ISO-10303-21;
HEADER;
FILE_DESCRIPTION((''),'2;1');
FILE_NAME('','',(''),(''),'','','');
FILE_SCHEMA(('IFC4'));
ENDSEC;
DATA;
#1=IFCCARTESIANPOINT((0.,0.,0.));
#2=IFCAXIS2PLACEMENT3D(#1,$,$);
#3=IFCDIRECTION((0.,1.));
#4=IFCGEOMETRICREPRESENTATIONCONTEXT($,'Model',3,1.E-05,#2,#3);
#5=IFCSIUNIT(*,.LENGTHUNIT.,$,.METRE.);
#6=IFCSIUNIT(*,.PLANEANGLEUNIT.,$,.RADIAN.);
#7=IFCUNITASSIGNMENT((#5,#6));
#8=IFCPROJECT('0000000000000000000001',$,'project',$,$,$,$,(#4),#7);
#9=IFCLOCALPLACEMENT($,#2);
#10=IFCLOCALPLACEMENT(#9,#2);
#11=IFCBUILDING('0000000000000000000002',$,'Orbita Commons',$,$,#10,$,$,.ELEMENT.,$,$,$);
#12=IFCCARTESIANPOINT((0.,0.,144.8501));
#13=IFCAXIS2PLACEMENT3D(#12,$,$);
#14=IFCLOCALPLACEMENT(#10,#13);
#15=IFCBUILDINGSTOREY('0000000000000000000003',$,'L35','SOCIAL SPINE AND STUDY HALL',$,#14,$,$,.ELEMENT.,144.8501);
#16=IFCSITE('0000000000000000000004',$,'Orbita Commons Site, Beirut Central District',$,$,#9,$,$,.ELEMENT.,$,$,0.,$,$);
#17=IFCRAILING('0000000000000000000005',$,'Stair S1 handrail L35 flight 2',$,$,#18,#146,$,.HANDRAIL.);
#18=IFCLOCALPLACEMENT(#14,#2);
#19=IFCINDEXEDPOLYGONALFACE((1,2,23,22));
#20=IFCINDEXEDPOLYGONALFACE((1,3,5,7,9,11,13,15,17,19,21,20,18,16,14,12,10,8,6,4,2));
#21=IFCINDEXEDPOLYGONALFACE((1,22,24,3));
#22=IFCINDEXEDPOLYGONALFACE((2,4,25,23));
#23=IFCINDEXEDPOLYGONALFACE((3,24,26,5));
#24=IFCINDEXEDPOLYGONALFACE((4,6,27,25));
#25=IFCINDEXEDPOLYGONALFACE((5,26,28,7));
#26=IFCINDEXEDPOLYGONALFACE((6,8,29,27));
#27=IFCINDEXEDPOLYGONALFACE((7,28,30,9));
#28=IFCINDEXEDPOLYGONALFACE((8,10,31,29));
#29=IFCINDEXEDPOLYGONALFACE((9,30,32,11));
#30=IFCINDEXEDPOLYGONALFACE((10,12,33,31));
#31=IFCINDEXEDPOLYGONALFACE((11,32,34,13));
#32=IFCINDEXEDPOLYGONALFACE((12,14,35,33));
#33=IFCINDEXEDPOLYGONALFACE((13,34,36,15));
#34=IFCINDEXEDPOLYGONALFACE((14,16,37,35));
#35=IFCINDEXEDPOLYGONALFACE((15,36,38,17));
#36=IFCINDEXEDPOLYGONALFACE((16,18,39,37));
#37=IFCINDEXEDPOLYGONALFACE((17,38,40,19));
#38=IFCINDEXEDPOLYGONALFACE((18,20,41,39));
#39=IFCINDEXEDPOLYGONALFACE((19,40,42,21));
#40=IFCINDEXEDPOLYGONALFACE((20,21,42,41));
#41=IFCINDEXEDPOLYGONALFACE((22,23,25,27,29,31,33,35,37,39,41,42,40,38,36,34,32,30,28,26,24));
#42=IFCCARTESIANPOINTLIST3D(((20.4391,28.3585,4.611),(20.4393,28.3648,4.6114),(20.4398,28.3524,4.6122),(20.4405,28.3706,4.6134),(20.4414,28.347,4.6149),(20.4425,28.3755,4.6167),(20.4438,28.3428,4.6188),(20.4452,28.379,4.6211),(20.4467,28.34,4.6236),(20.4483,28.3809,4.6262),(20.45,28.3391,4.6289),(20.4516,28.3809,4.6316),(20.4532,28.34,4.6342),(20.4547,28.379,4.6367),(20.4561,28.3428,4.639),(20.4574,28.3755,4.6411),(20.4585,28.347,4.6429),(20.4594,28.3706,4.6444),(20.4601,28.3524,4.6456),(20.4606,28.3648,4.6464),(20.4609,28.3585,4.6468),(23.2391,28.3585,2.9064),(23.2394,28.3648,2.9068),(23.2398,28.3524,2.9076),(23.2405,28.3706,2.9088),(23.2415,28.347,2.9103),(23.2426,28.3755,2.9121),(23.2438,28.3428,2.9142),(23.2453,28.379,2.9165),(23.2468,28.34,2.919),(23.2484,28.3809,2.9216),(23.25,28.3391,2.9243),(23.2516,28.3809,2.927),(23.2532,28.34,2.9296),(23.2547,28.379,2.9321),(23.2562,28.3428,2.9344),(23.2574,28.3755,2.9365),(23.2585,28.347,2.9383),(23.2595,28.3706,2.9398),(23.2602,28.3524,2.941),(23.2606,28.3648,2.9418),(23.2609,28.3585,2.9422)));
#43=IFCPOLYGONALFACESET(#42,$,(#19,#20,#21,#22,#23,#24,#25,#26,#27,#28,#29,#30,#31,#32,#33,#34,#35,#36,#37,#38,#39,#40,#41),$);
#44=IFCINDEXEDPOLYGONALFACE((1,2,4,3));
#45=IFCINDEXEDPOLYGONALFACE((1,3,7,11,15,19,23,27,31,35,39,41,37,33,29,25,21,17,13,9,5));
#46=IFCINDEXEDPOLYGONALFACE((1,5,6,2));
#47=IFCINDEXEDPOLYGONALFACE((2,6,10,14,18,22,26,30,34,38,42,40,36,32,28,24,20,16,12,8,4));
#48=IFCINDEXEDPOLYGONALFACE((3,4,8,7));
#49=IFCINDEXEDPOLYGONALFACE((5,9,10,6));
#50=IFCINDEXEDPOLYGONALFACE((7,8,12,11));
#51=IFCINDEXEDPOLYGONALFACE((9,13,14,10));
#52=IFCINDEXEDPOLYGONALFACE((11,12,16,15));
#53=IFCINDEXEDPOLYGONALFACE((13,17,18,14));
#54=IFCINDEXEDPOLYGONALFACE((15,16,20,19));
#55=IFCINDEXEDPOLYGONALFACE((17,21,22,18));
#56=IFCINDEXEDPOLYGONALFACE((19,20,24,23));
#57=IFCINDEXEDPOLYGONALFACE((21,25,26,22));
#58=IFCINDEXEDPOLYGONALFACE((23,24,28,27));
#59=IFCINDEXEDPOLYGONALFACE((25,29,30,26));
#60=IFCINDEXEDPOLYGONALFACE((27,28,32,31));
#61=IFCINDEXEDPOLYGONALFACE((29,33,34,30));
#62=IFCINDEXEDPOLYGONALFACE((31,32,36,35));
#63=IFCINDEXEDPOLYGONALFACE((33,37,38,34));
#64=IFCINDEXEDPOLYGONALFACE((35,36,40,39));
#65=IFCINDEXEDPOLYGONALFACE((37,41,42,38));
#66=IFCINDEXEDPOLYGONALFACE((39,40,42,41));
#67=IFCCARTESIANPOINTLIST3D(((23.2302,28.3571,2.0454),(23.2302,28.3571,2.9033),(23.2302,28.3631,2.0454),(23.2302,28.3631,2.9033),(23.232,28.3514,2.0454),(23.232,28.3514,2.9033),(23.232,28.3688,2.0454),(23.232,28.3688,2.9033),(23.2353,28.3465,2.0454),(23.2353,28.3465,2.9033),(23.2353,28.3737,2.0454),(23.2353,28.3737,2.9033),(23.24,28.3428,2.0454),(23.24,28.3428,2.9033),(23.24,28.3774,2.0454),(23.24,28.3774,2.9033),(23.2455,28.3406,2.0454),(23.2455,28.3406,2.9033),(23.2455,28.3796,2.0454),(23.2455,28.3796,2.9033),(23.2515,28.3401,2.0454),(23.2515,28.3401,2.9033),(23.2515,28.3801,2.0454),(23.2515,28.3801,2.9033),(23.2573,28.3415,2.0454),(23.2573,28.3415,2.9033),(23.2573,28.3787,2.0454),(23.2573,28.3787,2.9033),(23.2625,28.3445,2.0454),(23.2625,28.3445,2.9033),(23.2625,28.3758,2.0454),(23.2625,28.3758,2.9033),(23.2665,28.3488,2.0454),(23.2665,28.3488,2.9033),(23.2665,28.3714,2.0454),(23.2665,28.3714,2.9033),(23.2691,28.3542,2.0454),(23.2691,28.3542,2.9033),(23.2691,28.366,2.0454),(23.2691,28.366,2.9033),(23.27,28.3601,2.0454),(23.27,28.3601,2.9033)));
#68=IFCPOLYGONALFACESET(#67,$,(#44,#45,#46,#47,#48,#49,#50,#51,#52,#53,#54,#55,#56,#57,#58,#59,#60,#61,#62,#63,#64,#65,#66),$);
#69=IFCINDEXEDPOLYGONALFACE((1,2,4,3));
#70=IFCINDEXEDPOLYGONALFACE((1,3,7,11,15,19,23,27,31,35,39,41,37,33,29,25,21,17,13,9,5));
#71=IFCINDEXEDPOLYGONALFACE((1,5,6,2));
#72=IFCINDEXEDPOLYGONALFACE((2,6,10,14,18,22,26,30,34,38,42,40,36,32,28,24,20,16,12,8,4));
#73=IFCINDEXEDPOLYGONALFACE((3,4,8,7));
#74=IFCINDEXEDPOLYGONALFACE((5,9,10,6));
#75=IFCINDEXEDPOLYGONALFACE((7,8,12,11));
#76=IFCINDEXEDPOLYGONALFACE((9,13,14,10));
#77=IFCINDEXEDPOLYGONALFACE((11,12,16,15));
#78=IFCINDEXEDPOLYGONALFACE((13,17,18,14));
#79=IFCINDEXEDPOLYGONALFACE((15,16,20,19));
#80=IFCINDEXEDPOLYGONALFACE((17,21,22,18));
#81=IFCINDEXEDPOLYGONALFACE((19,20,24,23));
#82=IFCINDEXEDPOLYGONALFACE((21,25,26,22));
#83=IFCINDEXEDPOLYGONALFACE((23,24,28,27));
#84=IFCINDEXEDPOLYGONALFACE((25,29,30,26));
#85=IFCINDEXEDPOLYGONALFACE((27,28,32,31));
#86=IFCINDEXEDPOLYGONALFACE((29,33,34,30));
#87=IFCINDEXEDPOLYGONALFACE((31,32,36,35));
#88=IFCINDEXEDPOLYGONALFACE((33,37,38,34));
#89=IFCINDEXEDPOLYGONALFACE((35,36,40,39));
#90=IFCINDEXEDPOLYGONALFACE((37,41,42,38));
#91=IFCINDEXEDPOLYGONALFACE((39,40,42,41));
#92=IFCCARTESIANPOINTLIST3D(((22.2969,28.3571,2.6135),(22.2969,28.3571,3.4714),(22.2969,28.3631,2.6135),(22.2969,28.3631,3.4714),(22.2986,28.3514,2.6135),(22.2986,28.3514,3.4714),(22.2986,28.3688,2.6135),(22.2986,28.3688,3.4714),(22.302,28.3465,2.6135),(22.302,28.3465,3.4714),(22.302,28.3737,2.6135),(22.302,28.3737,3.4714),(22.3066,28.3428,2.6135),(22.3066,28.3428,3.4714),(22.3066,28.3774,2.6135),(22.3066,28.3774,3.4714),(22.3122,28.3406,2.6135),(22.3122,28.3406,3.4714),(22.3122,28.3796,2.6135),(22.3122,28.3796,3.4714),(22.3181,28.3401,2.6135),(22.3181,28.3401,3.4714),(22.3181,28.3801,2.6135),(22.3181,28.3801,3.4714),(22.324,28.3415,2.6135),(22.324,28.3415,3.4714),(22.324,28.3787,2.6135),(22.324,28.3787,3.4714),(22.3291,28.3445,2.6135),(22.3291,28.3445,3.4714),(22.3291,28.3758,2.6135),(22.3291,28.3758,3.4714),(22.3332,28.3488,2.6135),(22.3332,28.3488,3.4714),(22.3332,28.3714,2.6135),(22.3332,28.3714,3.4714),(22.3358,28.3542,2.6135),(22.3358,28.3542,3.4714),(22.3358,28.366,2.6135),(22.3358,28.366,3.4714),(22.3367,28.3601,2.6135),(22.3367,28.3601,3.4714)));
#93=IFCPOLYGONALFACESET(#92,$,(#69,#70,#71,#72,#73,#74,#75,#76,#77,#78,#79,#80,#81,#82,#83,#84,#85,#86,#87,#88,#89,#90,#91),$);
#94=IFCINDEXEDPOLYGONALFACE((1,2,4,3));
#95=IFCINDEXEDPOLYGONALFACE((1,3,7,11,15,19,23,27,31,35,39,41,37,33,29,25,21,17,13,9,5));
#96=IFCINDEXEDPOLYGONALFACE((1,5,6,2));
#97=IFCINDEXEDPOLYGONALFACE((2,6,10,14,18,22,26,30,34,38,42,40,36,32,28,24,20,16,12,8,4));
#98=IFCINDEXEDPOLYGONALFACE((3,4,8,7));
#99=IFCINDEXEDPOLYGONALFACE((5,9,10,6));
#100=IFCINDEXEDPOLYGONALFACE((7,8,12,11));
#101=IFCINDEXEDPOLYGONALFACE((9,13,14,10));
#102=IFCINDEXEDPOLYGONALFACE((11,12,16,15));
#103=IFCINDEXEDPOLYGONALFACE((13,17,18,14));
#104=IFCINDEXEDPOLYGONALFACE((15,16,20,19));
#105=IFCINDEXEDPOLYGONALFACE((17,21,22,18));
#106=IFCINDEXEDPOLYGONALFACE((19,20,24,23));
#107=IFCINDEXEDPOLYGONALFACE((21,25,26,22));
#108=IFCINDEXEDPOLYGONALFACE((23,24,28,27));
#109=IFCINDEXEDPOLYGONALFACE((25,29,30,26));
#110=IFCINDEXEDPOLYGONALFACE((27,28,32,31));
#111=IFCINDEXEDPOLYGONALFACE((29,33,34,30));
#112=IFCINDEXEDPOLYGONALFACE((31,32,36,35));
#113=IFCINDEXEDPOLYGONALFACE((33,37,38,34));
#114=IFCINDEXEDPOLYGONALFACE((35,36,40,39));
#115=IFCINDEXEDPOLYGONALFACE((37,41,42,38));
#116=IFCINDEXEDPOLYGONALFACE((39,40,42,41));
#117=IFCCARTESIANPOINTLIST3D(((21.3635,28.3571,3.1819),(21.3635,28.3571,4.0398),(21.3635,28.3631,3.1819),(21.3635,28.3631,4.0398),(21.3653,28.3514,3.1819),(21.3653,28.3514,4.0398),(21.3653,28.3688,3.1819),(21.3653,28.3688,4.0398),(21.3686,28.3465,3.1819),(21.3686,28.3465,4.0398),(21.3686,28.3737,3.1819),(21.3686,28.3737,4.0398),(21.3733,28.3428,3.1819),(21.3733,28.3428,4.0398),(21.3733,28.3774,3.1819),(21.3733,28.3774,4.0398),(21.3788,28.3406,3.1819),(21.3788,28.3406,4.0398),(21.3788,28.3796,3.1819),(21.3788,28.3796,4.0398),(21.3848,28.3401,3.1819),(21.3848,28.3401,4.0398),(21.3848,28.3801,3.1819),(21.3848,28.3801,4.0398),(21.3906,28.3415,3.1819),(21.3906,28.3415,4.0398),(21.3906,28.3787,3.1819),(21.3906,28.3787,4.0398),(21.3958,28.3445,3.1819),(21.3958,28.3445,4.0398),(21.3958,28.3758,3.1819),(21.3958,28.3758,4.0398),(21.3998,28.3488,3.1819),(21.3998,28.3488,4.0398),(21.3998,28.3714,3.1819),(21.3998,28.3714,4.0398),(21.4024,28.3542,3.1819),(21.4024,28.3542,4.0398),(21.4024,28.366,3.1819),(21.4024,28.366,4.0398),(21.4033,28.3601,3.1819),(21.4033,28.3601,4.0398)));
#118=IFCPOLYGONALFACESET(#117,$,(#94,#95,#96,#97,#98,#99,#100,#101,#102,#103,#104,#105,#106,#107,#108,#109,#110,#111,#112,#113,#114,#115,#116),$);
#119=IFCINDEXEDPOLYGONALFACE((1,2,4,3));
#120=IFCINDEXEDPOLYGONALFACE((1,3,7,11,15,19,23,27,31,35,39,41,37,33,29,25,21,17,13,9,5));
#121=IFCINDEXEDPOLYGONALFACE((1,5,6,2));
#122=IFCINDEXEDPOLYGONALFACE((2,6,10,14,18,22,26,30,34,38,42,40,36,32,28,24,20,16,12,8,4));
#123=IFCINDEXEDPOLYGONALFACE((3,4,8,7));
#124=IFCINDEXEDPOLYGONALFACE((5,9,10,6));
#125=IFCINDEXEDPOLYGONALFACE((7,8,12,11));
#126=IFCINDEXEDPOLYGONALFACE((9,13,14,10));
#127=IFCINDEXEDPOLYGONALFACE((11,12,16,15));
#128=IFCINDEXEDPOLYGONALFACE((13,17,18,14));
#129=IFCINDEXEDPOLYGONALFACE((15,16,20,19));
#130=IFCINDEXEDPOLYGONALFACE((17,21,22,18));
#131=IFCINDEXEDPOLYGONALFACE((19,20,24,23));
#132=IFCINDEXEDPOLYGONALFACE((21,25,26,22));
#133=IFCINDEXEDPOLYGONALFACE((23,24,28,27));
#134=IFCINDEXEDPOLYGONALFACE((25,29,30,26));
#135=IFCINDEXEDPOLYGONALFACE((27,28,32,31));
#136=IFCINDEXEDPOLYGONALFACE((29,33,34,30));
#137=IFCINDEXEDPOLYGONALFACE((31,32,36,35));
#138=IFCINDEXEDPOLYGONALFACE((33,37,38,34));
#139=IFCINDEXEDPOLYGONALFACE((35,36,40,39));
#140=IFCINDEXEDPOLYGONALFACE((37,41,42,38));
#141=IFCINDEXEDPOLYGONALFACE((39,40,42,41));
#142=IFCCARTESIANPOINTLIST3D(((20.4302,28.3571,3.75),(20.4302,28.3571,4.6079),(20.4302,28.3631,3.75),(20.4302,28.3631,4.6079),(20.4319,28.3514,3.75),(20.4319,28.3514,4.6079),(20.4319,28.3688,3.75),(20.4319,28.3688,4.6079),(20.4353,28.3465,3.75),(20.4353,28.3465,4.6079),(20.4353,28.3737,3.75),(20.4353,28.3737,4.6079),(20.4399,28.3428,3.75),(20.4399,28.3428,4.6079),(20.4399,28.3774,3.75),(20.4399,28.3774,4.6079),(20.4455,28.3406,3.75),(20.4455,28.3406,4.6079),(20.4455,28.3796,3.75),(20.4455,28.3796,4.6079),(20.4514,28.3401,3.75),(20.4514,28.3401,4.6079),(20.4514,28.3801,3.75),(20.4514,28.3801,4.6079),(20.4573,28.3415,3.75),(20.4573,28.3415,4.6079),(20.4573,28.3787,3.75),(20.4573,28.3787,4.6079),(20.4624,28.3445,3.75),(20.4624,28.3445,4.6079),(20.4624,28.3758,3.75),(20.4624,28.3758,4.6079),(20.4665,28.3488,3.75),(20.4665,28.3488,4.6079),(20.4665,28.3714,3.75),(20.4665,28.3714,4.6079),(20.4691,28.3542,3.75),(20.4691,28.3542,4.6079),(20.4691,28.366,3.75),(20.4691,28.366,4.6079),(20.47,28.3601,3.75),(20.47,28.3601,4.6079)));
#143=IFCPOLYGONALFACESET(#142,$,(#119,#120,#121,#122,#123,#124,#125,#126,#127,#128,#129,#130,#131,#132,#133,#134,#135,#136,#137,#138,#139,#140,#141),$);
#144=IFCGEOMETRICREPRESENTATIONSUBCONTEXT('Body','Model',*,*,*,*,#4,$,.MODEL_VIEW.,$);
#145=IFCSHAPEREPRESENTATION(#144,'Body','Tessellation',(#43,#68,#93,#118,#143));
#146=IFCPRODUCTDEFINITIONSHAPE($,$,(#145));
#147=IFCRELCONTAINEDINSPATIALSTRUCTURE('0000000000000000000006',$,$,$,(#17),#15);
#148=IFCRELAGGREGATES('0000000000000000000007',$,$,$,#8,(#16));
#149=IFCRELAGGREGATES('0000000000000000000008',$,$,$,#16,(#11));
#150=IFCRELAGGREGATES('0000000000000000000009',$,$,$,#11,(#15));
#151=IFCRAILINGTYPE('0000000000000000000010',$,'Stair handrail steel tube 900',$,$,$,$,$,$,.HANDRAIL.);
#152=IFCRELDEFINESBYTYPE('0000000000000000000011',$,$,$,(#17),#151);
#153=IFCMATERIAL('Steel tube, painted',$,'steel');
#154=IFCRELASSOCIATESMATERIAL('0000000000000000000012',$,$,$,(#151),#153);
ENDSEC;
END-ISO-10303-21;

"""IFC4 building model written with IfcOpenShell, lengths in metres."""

from ifc_helpers import new_model, si_unit, direction, frame, origin, origin_2d, place, context, subcontext, project, spatial, circle, extrude, material, type_object, element, save


model = new_model("IFC4")

# Units and contexts
model_context = context("Model", 3, precision=1e-05, world=origin(), true_north=direction((0.0, 1.0)))
body_context = subcontext(model_context, "Body", "Model", "MODEL_VIEW")
ifc_project = project(units=[si_unit("LENGTHUNIT", "METRE"), si_unit("PLANEANGLEUNIT", "RADIAN")], contexts=[model_context])

# Site, building, storey
site_placement = place(None, origin())
site = spatial("IfcSite", under=ifc_project, at=site_placement, Name="Orbita Commons Site, Beirut Central District", CompositionType="ELEMENT", RefElevation=0.0)
building_placement = place(site_placement, origin())
building = spatial("IfcBuilding", under=site, at=building_placement, Name="Orbita Commons", CompositionType="ELEMENT")
storey_placement = place(building_placement, frame((0.0, 0.0, 144.8501)))
storey = spatial("IfcBuildingStorey", under=building, at=storey_placement, Name="L35", Description="SOCIAL SPINE AND STUDY HALL", CompositionType="ELEMENT", Elevation=144.8501)

# Railing
ifc_material_1 = material(Name="Steel tube, painted", Category="steel")
railing_type = type_object("IfcRailingType", Name="Stair handrail steel tube 900", PredefinedType="HANDRAIL", material=ifc_material_1)
railing_placement = place(storey_placement, frame((23.25, 28.3601, 2.0454)))
element("IfcRailing", 1, at=railing_placement, inside=storey, type_object=railing_type, Name="Stair S1 handrail L35 flight 2", PredefinedType="HANDRAIL", context=body_context, shape_type="SweptSolid", body=[
    extrude(circle(Radius=0.021, at=origin_2d()), frame((0.0, 0.0, 0.8789), z_axis=(-0.85417, 0.0, 0.519994), x_axis=(0.0, -1.0, 0.0)), (0.0, 0.0, 1.0), 3.2781),
    extrude(circle(Radius=0.02, at=origin_2d()), origin(), (0.0, 0.0, 1.0), 0.8579),
    extrude(circle(Radius=0.02, at=origin_2d()), frame((-0.9333, 0.0, 0.5681)), (0.0, 0.0, 1.0), 0.8579),
    extrude(circle(Radius=0.02, at=origin_2d()), frame((-1.8667, 0.0, 1.1365)), (0.0, 0.0, 1.0), 0.8579),
    extrude(circle(Radius=0.02, at=origin_2d()), frame((-2.8, 0.0, 1.7046)), (0.0, 0.0, 1.0), 0.8579),
])

save(model, "model.ifc")
